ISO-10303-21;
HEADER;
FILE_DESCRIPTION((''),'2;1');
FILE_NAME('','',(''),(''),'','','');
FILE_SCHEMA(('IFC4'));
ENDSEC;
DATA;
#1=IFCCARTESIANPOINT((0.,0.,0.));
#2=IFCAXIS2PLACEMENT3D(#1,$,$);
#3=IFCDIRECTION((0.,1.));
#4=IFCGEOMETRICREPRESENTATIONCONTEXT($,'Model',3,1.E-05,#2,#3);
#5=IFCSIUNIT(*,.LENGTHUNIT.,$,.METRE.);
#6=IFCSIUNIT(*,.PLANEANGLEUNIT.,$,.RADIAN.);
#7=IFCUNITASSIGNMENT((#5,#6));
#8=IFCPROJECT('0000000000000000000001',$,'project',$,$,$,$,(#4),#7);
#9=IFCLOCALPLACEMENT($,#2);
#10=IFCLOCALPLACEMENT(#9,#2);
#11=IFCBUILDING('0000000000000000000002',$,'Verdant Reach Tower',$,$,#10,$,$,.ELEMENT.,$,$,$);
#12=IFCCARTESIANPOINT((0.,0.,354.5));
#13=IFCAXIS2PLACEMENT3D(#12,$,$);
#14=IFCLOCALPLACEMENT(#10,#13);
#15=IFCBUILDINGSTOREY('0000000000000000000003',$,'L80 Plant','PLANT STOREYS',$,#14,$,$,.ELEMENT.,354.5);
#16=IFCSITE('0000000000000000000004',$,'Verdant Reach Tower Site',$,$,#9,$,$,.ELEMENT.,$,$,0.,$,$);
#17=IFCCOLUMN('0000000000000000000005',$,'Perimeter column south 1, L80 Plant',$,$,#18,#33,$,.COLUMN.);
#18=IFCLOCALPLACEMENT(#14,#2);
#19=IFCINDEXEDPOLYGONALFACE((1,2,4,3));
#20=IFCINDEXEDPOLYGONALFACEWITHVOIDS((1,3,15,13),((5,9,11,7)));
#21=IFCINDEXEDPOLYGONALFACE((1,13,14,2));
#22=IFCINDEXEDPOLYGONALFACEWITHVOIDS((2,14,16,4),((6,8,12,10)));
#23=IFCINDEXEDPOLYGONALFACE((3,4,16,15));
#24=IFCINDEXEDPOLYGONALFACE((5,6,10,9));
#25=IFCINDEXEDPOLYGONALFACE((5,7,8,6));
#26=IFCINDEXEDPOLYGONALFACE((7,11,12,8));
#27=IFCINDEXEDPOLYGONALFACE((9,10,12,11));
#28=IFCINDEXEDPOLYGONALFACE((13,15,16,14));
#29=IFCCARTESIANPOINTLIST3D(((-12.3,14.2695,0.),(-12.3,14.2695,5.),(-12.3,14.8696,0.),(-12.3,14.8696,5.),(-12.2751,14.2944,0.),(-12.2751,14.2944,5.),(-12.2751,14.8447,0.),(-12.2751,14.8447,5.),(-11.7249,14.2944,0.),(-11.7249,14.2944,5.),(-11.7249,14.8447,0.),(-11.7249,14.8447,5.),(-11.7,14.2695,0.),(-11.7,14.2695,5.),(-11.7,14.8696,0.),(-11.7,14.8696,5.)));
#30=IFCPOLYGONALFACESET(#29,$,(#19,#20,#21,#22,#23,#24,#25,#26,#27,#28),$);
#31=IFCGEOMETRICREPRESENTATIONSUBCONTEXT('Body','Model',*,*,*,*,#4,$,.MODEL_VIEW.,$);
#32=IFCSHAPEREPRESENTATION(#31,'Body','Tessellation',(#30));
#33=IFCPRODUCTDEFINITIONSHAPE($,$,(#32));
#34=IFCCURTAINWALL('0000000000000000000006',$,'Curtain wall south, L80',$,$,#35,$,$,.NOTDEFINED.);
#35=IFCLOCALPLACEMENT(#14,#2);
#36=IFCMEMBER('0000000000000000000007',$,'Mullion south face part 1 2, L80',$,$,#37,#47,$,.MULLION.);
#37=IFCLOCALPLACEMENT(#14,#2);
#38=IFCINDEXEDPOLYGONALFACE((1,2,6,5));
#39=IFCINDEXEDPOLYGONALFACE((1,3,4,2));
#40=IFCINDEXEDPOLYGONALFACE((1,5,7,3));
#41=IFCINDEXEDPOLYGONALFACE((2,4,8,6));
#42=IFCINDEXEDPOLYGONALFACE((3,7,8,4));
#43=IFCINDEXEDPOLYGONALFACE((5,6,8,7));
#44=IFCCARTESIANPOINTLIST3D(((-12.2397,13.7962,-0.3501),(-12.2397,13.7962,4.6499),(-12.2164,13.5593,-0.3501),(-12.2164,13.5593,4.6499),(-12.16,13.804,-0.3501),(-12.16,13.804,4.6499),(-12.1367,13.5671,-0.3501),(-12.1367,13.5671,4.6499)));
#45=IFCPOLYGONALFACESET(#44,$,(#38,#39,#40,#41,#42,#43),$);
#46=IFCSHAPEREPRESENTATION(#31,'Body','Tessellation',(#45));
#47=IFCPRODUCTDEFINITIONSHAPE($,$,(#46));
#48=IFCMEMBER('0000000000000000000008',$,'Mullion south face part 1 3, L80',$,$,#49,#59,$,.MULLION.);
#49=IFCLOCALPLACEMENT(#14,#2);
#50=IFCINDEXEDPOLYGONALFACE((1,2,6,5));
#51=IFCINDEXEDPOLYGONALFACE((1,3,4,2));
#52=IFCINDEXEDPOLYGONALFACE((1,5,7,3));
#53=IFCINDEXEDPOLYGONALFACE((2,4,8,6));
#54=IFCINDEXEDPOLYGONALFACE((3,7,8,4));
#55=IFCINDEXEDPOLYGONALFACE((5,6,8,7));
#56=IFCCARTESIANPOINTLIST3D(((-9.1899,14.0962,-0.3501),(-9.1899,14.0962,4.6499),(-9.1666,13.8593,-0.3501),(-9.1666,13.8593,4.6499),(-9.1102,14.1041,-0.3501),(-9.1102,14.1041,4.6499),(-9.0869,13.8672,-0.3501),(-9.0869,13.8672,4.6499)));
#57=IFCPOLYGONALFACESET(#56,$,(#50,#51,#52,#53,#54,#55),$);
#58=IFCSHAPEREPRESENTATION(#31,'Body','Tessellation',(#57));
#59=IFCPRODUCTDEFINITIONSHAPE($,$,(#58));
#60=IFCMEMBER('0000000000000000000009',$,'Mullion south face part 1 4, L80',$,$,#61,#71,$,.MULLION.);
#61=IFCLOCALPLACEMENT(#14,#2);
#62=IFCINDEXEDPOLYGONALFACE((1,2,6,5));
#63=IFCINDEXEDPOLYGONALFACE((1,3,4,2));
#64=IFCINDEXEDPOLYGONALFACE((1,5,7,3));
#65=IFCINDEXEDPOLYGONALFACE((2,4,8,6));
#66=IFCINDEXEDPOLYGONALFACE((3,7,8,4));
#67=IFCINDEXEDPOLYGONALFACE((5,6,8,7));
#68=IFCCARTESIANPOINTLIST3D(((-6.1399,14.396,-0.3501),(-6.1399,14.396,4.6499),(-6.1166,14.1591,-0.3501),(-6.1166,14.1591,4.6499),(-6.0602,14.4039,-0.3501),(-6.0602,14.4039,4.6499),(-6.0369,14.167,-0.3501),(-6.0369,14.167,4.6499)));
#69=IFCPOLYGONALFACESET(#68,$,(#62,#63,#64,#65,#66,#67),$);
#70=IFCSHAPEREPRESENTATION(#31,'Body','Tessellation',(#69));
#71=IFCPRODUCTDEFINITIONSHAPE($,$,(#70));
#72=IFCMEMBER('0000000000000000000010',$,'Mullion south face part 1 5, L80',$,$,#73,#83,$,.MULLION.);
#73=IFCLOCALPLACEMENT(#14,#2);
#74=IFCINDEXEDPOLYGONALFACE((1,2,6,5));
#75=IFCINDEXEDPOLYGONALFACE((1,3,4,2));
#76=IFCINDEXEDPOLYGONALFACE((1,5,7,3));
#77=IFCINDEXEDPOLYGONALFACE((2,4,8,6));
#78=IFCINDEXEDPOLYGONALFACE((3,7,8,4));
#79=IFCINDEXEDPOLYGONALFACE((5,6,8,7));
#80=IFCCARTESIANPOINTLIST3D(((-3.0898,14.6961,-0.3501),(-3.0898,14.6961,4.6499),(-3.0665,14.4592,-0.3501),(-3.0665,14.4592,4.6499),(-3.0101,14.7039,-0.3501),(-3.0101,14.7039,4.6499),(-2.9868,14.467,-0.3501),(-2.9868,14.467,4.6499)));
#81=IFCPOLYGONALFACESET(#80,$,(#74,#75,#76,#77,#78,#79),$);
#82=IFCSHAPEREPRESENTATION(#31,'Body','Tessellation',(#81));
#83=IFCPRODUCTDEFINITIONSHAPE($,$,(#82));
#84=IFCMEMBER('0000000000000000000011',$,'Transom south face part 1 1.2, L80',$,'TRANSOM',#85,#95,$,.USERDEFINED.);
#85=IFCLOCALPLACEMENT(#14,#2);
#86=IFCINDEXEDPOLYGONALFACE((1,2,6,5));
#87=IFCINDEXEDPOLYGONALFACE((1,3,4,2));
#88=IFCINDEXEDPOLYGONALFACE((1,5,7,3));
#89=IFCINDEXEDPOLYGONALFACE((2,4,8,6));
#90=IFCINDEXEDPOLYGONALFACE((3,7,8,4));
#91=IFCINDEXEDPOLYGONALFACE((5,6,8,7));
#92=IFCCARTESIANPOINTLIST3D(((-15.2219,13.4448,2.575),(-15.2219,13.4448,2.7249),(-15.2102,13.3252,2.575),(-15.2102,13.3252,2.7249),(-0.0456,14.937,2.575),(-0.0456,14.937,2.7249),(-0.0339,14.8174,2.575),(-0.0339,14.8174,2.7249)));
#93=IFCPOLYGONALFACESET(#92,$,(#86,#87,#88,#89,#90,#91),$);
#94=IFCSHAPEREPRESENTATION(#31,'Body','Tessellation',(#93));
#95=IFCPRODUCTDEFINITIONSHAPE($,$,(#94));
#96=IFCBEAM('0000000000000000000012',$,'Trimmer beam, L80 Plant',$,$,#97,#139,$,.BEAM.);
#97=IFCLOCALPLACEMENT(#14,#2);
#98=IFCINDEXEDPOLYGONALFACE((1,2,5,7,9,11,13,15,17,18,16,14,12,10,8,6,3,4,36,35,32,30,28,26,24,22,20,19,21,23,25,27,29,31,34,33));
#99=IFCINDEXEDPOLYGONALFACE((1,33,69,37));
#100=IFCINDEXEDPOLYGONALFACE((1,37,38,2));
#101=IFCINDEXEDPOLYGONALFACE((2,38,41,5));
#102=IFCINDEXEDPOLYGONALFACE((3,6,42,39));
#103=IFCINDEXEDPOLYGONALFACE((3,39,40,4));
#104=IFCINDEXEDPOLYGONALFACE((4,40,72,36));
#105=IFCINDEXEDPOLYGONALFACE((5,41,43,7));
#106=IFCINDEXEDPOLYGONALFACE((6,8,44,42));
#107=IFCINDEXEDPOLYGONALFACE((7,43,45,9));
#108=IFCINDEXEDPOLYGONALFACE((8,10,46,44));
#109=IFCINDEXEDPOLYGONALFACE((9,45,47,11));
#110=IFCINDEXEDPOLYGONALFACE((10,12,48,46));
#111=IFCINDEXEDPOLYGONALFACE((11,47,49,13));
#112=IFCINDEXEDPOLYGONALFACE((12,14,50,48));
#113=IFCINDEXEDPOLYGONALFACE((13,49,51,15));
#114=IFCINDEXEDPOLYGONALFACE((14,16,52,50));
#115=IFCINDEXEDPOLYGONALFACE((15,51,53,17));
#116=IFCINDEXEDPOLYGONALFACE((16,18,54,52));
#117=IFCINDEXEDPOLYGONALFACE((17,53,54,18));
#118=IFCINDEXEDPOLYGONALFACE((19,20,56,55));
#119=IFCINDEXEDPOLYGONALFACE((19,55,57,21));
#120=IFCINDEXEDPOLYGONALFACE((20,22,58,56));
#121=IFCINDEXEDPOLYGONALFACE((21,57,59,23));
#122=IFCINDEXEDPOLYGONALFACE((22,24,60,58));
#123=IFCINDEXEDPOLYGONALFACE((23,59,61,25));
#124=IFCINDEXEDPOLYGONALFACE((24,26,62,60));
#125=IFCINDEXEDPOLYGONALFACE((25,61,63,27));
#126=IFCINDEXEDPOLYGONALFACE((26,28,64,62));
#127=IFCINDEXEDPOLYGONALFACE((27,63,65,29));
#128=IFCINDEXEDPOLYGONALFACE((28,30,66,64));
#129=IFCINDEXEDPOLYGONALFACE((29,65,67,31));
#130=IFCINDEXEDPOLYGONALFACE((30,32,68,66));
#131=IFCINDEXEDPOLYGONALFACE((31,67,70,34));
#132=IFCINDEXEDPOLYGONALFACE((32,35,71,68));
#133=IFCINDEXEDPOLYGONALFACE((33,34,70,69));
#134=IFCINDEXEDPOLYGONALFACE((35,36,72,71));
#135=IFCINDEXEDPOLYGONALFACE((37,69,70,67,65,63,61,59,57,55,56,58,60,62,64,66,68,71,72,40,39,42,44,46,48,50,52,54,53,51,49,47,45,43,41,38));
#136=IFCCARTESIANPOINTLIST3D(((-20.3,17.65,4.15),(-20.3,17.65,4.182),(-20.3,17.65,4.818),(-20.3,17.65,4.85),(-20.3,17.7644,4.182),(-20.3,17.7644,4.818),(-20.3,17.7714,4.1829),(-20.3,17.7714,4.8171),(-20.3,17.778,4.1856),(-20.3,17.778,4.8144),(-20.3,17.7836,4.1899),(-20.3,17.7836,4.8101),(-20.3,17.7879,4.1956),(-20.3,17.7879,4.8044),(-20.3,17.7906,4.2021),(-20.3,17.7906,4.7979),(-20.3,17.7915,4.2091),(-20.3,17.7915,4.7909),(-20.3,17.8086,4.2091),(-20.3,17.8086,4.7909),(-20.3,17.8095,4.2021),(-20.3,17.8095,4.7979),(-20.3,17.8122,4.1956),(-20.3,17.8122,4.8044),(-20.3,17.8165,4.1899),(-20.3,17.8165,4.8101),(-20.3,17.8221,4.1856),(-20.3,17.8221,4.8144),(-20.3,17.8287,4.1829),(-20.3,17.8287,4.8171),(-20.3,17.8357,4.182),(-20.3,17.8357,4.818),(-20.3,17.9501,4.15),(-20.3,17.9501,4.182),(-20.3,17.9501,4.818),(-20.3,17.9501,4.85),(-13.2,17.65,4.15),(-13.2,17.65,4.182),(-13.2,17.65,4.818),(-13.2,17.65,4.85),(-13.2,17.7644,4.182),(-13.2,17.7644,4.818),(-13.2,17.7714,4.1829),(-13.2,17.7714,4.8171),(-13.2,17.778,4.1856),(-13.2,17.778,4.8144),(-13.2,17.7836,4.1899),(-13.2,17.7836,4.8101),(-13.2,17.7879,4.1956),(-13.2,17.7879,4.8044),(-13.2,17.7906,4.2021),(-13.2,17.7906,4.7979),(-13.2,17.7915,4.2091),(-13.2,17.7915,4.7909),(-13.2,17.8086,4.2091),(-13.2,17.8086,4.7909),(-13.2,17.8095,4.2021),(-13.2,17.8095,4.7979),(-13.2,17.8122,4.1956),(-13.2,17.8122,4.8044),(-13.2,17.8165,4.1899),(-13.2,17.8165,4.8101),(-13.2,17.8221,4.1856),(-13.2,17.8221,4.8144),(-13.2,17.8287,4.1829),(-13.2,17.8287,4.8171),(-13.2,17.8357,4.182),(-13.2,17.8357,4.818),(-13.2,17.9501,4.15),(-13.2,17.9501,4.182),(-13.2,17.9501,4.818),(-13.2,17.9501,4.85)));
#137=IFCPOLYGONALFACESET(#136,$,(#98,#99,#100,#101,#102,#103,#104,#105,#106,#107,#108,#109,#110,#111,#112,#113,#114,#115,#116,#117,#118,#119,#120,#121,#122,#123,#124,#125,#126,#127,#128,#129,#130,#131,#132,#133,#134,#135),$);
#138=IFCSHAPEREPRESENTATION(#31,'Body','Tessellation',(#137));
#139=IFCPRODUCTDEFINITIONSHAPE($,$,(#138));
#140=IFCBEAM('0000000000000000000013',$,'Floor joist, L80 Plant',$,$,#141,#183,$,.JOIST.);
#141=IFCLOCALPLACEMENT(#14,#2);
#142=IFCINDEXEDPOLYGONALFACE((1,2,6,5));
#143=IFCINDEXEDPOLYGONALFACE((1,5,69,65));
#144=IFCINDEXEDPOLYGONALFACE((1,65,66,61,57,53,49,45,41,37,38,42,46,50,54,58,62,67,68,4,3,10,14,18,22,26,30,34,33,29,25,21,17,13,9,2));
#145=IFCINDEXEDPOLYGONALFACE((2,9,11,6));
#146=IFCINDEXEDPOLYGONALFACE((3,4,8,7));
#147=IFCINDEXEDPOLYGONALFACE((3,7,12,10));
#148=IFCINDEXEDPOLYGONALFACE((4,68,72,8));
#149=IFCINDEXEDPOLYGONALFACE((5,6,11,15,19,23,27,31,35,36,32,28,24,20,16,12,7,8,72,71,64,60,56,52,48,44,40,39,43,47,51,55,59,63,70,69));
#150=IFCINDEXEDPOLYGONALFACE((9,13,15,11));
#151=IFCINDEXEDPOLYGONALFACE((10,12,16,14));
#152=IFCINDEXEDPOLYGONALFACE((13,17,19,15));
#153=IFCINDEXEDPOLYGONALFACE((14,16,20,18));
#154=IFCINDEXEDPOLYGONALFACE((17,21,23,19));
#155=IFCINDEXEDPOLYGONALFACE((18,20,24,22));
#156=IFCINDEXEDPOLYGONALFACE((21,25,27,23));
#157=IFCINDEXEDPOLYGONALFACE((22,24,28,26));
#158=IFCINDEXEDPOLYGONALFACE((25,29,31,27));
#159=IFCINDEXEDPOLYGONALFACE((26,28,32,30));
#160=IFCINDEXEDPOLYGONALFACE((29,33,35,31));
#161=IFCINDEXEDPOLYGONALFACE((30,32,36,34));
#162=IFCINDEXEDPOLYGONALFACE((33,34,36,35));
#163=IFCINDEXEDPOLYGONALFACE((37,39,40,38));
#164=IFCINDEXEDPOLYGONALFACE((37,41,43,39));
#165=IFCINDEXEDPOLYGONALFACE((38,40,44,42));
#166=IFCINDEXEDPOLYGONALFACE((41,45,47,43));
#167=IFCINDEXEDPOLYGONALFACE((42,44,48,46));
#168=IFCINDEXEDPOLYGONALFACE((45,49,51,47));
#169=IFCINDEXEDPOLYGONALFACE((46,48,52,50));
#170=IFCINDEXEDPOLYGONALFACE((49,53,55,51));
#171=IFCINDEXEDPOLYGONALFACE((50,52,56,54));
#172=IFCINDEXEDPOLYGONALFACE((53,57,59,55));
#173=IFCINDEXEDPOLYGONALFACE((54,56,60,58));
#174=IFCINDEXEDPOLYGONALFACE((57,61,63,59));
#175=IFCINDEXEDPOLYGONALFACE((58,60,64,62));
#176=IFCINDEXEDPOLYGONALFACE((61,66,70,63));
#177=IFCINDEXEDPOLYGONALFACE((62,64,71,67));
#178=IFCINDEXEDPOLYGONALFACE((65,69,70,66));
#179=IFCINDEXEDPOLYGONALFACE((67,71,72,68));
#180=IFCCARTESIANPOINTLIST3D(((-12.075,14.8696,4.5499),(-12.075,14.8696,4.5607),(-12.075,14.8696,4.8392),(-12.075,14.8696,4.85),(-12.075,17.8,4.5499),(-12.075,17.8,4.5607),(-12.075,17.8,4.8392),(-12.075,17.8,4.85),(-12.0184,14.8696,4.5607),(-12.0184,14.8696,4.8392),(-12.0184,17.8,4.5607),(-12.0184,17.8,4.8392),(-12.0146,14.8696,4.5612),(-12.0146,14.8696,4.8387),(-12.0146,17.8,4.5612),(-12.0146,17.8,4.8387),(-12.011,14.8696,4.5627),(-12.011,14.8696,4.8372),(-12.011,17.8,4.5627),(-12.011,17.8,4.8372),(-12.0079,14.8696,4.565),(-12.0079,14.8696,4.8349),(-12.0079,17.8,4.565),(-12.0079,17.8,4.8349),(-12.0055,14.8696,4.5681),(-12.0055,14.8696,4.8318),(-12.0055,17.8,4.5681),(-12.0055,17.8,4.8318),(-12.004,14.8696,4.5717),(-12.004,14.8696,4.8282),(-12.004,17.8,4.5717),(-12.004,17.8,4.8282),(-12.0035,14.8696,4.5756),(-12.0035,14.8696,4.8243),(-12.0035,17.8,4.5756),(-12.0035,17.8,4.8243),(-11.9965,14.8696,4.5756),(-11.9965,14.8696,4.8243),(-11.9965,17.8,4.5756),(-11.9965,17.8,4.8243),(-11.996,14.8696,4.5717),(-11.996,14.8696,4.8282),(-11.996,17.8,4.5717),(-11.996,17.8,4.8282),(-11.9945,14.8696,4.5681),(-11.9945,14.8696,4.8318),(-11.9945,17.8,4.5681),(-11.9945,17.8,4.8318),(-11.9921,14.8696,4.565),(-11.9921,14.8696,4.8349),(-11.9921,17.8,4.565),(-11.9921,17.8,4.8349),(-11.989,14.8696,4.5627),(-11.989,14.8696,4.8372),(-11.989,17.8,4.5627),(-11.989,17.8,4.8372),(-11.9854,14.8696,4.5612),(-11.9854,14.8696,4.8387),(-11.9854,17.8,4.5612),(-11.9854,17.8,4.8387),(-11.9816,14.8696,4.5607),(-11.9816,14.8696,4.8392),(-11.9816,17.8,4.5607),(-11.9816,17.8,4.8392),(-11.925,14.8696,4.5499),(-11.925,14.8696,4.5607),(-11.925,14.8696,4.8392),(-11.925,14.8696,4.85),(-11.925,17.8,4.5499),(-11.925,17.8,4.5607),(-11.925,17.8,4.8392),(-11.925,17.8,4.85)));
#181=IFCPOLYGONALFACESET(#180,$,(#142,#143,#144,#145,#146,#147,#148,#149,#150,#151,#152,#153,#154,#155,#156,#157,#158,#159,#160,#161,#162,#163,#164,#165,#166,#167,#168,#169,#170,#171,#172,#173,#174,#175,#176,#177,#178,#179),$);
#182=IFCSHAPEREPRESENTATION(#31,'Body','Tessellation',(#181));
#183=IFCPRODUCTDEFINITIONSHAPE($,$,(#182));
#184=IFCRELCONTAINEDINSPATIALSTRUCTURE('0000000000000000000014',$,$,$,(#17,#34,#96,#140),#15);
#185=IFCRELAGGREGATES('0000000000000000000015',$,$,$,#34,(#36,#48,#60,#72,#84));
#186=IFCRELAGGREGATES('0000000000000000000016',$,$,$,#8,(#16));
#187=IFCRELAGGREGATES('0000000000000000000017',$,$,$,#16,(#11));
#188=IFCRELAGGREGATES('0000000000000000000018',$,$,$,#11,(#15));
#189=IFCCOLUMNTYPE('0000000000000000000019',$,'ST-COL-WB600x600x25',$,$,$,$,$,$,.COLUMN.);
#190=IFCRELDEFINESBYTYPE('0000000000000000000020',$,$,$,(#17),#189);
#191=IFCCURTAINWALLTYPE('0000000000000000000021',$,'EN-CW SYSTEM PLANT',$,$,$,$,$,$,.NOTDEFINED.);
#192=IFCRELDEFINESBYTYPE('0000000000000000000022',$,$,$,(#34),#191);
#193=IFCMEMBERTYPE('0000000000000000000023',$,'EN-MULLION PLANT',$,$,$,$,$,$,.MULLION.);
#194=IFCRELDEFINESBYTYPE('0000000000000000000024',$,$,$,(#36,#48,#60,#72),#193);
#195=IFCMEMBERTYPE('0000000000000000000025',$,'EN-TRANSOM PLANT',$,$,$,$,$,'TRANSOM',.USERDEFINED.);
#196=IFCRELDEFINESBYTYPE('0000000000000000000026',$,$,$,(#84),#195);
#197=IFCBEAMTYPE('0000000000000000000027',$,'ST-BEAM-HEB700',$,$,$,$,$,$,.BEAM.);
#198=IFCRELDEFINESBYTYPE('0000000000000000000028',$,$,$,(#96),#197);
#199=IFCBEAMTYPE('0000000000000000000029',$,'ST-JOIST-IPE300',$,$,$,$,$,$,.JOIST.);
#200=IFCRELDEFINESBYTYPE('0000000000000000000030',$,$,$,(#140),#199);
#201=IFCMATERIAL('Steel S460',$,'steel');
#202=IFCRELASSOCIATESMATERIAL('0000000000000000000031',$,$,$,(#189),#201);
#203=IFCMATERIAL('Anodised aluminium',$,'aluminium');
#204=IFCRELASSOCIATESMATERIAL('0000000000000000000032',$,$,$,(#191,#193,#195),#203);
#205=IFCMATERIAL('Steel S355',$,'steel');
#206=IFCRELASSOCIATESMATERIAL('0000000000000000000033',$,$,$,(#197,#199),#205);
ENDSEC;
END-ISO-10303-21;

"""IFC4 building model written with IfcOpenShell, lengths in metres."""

from ifc_helpers import new_model, si_unit, direction, frame, origin, origin_2d, place, context, subcontext, project, spatial, rectangle, hollow_rectangle, i_section, extrude, material, material_profile, profile_set, type_object, element, aggregate, save


model = new_model("IFC4")

# Units and contexts
model_context = context("Model", 3, precision=1e-05, world=origin(), true_north=direction((0.0, 1.0)))
body_context = subcontext(model_context, "Body", "Model", "MODEL_VIEW")
ifc_project = project(units=[si_unit("LENGTHUNIT", "METRE"), si_unit("PLANEANGLEUNIT", "RADIAN")], contexts=[model_context])

# Site, building, storey
site_placement = place(None, origin())
site = spatial("IfcSite", under=ifc_project, at=site_placement, Name="Verdant Reach Tower Site", CompositionType="ELEMENT", RefElevation=0.0)
building_placement = place(site_placement, origin())
building = spatial("IfcBuilding", under=site, at=building_placement, Name="Verdant Reach Tower", CompositionType="ELEMENT")
storey_placement = place(building_placement, frame((0.0, 0.0, 354.5)))
storey = spatial("IfcBuildingStorey", under=building, at=storey_placement, Name="L80 Plant", Description="PLANT STOREYS", CompositionType="ELEMENT", Elevation=354.5)

# Column
ifc_material_1 = material(Name="Steel S460", Category="steel")
ifc_material_profile_1 = material_profile(ifc_material_1, hollow_rectangle(XDim=0.6001, YDim=0.6001, WallThickness=0.0249, at=origin_2d()), Name="WB 600x600x25")
ifc_profile_set_1 = profile_set([ifc_material_profile_1], Name="Steel S460")
column_type = type_object("IfcColumnType", Name="ST-COL-WB600x600x25", PredefinedType="COLUMN", material=ifc_profile_set_1)
column_placement = place(storey_placement, frame((-12.0, 14.5696, 0.0), z_axis=(0.0, 0.0, 1.0), x_axis=(1.0, 0.0, 0.0)))
element("IfcColumn", 1, at=column_placement, inside=storey, type_object=column_type, Name="Perimeter column south 1, L80 Plant", PredefinedType="COLUMN", context=body_context, shape_type="SweptSolid", body=[
    extrude(hollow_rectangle(XDim=0.6001, YDim=0.6001, WallThickness=0.0249, at=origin_2d()), origin(), (0.0, 0.0, 1.0), 5.0),
])

# Curtain wall, members
ifc_material_2 = material(Name="Anodised aluminium", Category="aluminium")
curtain_wall_type = type_object("IfcCurtainWallType", Name="EN-CW SYSTEM PLANT", PredefinedType="NOTDEFINED", material=ifc_material_2)
curtain_wall_placement = place(storey_placement, origin())
curtain_wall = element("IfcCurtainWall", 2, at=curtain_wall_placement, inside=storey, type_object=curtain_wall_type, Name="Curtain wall south, L80", PredefinedType="NOTDEFINED")
ifc_material_profile_2 = material_profile(ifc_material_2, rectangle(XDim=0.238, YDim=0.0801, at=origin_2d()), Name="Mullion 80x240")
ifc_profile_set_2 = profile_set([ifc_material_profile_2], Name="Anodised aluminium")
member_type_1 = type_object("IfcMemberType", Name="EN-MULLION PLANT", PredefinedType="MULLION", material=ifc_profile_set_2)
member_1_placement = place(storey_placement, frame((-12.1882, 13.6816, -0.3501), z_axis=(0.0, 0.0, 1.0), x_axis=(0.097888, -0.995197, 0.0)))
member_1 = element("IfcMember", 3, at=member_1_placement, type_object=member_type_1, Name="Mullion south face part 1 2, L80", PredefinedType="MULLION", context=body_context, shape_type="SweptSolid", body=[
    extrude(rectangle(XDim=0.238, YDim=0.0801, at=origin_2d()), origin(), (0.0, 0.0, 1.0), 5.0),
])
member_2_placement = place(storey_placement, frame((-9.1384, 13.9817, -0.3501), z_axis=(0.0, 0.0, 1.0), x_axis=(0.097888, -0.995197, 0.0)))
member_2 = element("IfcMember", 4, at=member_2_placement, type_object=member_type_1, Name="Mullion south face part 1 3, L80", PredefinedType="MULLION", context=body_context, shape_type="SweptSolid", body=[
    extrude(rectangle(XDim=0.238, YDim=0.0801, at=origin_2d()), origin(), (0.0, 0.0, 1.0), 5.0),
])
member_3_placement = place(storey_placement, frame((-6.0884, 14.2815, -0.3501), z_axis=(0.0, 0.0, 1.0), x_axis=(0.097888, -0.995197, 0.0)))
member_3 = element("IfcMember", 5, at=member_3_placement, type_object=member_type_1, Name="Mullion south face part 1 4, L80", PredefinedType="MULLION", context=body_context, shape_type="SweptSolid", body=[
    extrude(rectangle(XDim=0.238, YDim=0.0801, at=origin_2d()), origin(), (0.0, 0.0, 1.0), 5.0),
])
member_4_placement = place(storey_placement, frame((-3.0383, 14.5815, -0.3501), z_axis=(0.0, 0.0, 1.0), x_axis=(0.097888, -0.995197, 0.0)))
member_4 = element("IfcMember", 6, at=member_4_placement, type_object=member_type_1, Name="Mullion south face part 1 5, L80", PredefinedType="MULLION", context=body_context, shape_type="SweptSolid", body=[
    extrude(rectangle(XDim=0.238, YDim=0.0801, at=origin_2d()), origin(), (0.0, 0.0, 1.0), 5.0),
])
ifc_material_profile_3 = material_profile(ifc_material_2, rectangle(XDim=0.1201, YDim=0.1499, at=origin_2d()), Name="Transom 150x120")
ifc_profile_set_3 = profile_set([ifc_material_profile_3], Name="Anodised aluminium")
member_type_2 = type_object("IfcMemberType", Name="EN-TRANSOM PLANT", ElementType="TRANSOM", PredefinedType="USERDEFINED", material=ifc_profile_set_3)
member_5_placement = place(storey_placement, frame((-15.2161, 13.385, 2.6499), z_axis=(0.995201, 0.097852, 0.0), x_axis=(-0.097852, 0.995201, 0.0)))
member_5 = element("IfcMember", 7, at=member_5_placement, type_object=member_type_2, Name="Transom south face part 1 1.2, L80", ObjectType="TRANSOM", PredefinedType="USERDEFINED", context=body_context, shape_type="SweptSolid", body=[
    extrude(rectangle(XDim=0.1201, YDim=0.1499, at=origin_2d()), origin(), (0.0, 0.0, 1.0), 15.2495),
])

# Beams
ifc_material_3 = material(Name="Steel S355", Category="steel")
ifc_material_profile_4 = material_profile(ifc_material_3, i_section(OverallWidth=0.3, OverallDepth=0.7, WebThickness=0.0171, FlangeThickness=0.032, FilletRadius=0.0271, at=origin_2d()), Name="HEB 700")
ifc_profile_set_4 = profile_set([ifc_material_profile_4], Name="Steel S355")
beam_type_1 = type_object("IfcBeamType", Name="ST-BEAM-HEB700", PredefinedType="BEAM", material=ifc_profile_set_4)
beam_1_placement = place(storey_placement, frame((-13.2, 17.8, 4.5), z_axis=(-1.0, 0.0, 0.0), x_axis=(0.0, -1.0, 0.0)))
element("IfcBeam", 8, at=beam_1_placement, inside=storey, type_object=beam_type_1, Name="Trimmer beam, L80 Plant", PredefinedType="BEAM", context=body_context, shape_type="SweptSolid", body=[
    extrude(i_section(OverallWidth=0.3, OverallDepth=0.7, WebThickness=0.0171, FlangeThickness=0.032, FilletRadius=0.0271, at=origin_2d()), origin(), (0.0, 0.0, 1.0), 7.1001),
])
ifc_material_profile_5 = material_profile(ifc_material_3, i_section(OverallWidth=0.1499, OverallDepth=0.3, WebThickness=0.0071, FlangeThickness=0.0107, FilletRadius=0.0149, at=origin_2d()), Name="IPE 300")
ifc_profile_set_5 = profile_set([ifc_material_profile_5], Name="Steel S355")
beam_type_2 = type_object("IfcBeamType", Name="ST-JOIST-IPE300", PredefinedType="JOIST", material=ifc_profile_set_5)
beam_2_placement = place(storey_placement, frame((-12.0, 17.8, 4.7), z_axis=(0.0, -1.0, 0.0), x_axis=(1.0, 0.0, 0.0)))
element("IfcBeam", 9, at=beam_2_placement, inside=storey, type_object=beam_type_2, Name="Floor joist, L80 Plant", PredefinedType="JOIST", context=body_context, shape_type="SweptSolid", body=[
    extrude(i_section(OverallWidth=0.1499, OverallDepth=0.3, WebThickness=0.0071, FlangeThickness=0.0107, FilletRadius=0.0149, at=origin_2d()), origin(), (0.0, 0.0, 1.0), 2.9304),
])

aggregate(curtain_wall, [member_1, member_2, member_3, member_4, member_5])

save(model, "model.ifc")
